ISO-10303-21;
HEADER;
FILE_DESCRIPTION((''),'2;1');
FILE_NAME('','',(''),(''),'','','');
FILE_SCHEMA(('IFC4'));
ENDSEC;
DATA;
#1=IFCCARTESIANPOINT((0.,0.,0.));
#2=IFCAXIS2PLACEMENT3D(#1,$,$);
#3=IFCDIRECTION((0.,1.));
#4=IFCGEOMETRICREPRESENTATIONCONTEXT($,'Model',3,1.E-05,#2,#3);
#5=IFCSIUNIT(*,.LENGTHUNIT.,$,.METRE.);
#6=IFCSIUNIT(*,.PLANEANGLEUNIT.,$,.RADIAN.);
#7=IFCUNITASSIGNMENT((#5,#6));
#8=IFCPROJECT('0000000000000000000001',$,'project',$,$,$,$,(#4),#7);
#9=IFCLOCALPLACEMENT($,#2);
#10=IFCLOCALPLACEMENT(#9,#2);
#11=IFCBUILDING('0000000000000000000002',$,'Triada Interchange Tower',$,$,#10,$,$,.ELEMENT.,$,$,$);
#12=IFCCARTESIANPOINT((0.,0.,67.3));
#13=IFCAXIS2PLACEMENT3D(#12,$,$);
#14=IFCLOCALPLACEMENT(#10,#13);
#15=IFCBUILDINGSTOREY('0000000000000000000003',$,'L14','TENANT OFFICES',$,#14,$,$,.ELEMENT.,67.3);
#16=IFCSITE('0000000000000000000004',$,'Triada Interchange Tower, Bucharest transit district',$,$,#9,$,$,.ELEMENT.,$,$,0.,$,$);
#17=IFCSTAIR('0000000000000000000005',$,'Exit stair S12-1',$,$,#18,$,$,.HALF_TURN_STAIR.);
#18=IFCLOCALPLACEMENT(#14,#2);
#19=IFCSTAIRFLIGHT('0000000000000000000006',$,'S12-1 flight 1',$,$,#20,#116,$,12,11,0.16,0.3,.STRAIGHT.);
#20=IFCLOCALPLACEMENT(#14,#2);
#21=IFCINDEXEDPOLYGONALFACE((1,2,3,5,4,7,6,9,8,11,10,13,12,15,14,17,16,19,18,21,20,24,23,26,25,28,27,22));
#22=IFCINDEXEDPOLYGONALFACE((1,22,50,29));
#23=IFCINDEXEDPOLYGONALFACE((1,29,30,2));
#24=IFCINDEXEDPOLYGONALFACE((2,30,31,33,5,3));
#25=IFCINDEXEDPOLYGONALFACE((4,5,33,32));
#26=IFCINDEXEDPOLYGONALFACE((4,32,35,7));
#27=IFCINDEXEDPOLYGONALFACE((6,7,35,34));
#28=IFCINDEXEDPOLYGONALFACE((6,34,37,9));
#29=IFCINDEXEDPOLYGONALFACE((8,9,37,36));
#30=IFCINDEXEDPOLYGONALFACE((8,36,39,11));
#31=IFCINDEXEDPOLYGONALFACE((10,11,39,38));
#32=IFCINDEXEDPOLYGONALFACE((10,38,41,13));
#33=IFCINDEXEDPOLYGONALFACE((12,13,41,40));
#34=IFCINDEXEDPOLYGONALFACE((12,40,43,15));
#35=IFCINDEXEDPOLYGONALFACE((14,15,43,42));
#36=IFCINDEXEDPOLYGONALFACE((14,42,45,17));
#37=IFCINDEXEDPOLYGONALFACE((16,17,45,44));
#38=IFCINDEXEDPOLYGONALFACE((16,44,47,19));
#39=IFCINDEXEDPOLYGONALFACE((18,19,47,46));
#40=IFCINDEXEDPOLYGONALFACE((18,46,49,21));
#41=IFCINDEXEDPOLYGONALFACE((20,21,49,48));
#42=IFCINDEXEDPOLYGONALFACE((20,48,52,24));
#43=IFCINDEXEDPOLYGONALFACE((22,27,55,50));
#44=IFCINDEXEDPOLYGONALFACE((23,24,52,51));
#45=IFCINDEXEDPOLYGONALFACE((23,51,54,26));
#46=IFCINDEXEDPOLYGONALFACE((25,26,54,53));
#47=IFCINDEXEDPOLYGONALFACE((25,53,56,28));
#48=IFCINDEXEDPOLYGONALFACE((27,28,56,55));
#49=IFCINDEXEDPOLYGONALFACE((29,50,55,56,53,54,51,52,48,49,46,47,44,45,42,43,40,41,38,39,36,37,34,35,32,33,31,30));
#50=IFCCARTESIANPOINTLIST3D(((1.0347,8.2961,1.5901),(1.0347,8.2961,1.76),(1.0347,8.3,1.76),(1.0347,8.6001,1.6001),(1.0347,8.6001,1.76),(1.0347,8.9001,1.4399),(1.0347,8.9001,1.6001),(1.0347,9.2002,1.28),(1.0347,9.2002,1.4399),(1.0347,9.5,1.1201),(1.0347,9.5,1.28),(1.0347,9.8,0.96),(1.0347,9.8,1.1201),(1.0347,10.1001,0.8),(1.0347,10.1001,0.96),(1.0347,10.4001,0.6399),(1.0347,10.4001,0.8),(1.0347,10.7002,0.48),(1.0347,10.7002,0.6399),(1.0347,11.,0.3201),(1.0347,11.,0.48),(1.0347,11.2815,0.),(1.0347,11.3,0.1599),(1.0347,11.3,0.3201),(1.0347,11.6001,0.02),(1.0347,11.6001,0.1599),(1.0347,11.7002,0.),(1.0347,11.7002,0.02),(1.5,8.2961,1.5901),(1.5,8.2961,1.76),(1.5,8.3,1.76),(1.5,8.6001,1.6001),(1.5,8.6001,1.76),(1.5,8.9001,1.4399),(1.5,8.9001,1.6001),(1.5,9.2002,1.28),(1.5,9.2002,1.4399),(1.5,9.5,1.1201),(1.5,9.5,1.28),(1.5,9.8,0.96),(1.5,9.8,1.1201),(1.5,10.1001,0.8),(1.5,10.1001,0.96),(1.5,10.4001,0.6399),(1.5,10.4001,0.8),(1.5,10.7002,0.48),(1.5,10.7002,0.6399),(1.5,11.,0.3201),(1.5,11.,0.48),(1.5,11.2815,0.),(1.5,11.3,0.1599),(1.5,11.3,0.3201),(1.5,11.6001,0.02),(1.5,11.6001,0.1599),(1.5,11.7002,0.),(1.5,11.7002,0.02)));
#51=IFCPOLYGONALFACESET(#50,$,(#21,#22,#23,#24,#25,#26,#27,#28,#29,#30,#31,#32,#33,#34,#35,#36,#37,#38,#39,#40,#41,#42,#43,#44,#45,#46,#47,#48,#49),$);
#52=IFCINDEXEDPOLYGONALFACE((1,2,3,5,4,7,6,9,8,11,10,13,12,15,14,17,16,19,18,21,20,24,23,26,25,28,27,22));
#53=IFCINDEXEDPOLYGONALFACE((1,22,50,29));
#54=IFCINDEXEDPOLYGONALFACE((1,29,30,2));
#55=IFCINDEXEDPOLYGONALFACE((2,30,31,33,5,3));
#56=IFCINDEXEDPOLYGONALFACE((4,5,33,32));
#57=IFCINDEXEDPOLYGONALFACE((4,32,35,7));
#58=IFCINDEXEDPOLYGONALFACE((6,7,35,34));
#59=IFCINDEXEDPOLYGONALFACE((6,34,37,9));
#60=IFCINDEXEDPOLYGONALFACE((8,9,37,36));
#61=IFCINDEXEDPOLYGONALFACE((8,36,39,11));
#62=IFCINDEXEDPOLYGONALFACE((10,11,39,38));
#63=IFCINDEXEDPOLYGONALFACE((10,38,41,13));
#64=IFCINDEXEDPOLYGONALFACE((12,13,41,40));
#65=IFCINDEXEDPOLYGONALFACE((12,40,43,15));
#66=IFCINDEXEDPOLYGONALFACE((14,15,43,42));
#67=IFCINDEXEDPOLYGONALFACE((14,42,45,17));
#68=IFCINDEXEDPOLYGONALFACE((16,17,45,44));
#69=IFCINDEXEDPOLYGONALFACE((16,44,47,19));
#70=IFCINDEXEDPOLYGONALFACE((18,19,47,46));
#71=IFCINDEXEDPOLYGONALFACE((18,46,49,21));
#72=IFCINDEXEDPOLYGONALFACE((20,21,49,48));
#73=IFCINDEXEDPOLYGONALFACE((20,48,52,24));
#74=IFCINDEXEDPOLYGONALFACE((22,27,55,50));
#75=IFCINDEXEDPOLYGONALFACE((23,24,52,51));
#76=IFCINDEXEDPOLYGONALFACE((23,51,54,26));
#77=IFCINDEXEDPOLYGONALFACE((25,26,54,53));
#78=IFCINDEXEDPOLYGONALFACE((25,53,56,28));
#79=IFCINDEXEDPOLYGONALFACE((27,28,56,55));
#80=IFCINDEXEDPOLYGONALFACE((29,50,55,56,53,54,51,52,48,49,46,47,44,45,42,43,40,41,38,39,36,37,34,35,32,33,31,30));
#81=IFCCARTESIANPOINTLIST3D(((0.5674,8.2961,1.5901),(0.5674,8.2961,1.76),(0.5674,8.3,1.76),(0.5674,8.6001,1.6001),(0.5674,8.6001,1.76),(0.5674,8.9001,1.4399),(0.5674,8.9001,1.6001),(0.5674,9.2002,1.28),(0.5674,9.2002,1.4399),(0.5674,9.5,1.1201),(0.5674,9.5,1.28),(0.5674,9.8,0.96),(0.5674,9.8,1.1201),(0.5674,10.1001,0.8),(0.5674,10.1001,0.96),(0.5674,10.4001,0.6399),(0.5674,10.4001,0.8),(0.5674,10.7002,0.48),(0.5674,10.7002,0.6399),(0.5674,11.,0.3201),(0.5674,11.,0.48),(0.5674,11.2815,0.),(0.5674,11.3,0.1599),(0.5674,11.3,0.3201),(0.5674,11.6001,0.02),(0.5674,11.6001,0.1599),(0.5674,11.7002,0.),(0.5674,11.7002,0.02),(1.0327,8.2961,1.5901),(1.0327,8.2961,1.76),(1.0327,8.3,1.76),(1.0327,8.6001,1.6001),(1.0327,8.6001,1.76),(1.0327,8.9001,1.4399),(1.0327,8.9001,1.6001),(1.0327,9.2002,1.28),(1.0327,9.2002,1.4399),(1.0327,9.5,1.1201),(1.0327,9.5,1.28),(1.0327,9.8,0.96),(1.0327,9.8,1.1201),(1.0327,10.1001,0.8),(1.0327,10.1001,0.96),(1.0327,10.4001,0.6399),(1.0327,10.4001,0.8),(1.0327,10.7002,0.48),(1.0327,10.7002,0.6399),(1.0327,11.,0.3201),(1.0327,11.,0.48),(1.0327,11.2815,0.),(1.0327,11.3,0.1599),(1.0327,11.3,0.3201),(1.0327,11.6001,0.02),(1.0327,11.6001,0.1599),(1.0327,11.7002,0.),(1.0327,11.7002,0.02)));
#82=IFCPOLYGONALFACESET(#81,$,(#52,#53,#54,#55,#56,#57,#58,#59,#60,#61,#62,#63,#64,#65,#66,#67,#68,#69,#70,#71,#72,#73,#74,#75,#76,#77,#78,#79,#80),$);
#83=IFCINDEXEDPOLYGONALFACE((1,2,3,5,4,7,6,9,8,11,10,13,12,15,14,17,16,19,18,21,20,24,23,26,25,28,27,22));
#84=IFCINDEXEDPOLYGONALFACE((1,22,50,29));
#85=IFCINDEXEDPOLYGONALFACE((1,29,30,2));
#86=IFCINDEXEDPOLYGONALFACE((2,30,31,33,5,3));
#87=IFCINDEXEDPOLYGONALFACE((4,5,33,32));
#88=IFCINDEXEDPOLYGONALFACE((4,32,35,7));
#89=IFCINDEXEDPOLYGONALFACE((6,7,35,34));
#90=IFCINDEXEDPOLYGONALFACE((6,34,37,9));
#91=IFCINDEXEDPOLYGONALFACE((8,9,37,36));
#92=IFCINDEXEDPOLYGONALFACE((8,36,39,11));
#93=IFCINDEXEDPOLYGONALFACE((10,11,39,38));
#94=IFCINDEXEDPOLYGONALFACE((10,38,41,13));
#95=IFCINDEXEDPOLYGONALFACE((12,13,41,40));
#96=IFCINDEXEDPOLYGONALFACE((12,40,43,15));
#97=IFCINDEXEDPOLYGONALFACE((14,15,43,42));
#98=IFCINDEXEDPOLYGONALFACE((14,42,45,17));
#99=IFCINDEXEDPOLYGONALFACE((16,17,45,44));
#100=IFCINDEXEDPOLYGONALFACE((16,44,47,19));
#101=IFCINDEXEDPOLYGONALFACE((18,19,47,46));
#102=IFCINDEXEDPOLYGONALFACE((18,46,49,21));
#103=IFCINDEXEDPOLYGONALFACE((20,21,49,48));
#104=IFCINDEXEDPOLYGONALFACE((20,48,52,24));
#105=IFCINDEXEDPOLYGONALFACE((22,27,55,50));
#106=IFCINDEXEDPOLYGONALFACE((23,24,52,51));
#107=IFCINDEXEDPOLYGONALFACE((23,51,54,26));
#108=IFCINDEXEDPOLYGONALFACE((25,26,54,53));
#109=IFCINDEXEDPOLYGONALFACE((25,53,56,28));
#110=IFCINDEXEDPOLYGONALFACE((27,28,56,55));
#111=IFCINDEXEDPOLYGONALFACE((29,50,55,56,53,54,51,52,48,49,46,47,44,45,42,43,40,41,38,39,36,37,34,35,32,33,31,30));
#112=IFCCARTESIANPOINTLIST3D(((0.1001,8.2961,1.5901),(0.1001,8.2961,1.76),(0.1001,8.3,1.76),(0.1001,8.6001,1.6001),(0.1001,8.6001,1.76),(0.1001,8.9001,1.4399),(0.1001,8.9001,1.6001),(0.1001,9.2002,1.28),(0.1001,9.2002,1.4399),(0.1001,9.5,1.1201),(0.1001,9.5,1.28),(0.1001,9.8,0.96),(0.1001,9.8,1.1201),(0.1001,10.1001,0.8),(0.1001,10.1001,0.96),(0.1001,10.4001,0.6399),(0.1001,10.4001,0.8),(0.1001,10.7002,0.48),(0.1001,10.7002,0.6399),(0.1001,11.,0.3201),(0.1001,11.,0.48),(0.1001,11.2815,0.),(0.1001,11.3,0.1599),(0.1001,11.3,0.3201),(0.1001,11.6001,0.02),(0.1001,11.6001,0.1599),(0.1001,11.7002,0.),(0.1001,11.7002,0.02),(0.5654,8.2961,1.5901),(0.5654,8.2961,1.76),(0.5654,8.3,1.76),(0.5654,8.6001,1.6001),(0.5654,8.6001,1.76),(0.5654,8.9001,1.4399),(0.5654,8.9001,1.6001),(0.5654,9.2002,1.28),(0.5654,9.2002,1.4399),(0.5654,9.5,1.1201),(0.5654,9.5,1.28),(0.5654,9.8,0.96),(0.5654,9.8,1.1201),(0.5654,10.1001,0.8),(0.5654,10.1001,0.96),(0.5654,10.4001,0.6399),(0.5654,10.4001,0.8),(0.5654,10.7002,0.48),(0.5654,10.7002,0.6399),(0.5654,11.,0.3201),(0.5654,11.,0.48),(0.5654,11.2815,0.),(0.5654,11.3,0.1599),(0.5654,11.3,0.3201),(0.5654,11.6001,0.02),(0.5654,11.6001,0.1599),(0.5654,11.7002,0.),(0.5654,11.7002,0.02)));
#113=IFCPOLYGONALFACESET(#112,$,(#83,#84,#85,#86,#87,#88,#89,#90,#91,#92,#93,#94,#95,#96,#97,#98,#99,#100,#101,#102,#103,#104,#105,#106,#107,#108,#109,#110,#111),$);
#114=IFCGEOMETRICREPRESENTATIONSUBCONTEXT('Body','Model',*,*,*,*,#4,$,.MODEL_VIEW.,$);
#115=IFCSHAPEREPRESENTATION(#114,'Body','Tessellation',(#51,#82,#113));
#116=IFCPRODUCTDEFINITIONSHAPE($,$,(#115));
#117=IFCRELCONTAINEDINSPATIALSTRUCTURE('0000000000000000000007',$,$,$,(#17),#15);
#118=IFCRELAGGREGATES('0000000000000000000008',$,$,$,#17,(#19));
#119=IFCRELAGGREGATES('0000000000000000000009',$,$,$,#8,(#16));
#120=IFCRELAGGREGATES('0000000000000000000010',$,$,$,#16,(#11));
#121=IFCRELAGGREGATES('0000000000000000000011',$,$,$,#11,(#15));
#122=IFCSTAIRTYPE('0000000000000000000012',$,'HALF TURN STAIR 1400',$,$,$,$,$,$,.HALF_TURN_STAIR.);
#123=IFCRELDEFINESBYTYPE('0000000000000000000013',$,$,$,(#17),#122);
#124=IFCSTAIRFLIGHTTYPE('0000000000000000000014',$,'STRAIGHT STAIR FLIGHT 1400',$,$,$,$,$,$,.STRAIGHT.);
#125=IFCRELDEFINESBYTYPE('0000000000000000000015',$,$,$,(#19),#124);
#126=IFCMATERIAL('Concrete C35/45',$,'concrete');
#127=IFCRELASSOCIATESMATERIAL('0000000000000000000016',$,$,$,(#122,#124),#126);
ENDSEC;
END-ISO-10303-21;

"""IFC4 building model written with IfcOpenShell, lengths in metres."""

from ifc_helpers import new_model, si_unit, direction, frame, origin, place, context, subcontext, project, spatial, polyline, outline, extrude, material, type_object, element, aggregate, save


model = new_model("IFC4")

# Units and contexts
model_context = context("Model", 3, precision=1e-05, world=origin(), true_north=direction((0.0, 1.0)))
body_context = subcontext(model_context, "Body", "Model", "MODEL_VIEW")
ifc_project = project(units=[si_unit("LENGTHUNIT", "METRE"), si_unit("PLANEANGLEUNIT", "RADIAN")], contexts=[model_context])

# Site, building, storey
site_placement = place(None, origin())
site = spatial("IfcSite", under=ifc_project, at=site_placement, Name="Triada Interchange Tower, Bucharest transit district", CompositionType="ELEMENT", RefElevation=0.0)
building_placement = place(site_placement, origin())
building = spatial("IfcBuilding", under=site, at=building_placement, Name="Triada Interchange Tower", CompositionType="ELEMENT")
storey_placement = place(building_placement, frame((0.0, 0.0, 67.3)))
storey = spatial("IfcBuildingStorey", under=building, at=storey_placement, Name="L14", Description="TENANT OFFICES", CompositionType="ELEMENT", Elevation=67.3)

# Stair
ifc_material_1 = material(Name="Concrete C35/45", Category="concrete")
stair_type = type_object("IfcStairType", Name="HALF TURN STAIR 1400", PredefinedType="HALF_TURN_STAIR", material=ifc_material_1)
stair_1_placement = place(storey_placement, origin())
stair_1 = element("IfcStair", 1, at=stair_1_placement, inside=storey, type_object=stair_type, Name="Exit stair S12-1", PredefinedType="HALF_TURN_STAIR")

# Stair flight
stair_flight_type = type_object("IfcStairFlightType", Name="STRAIGHT STAIR FLIGHT 1400", PredefinedType="STRAIGHT", material=ifc_material_1)
stair_flight_placement = place(storey_placement, frame((0.8, 11.6001, 0.0), z_axis=(0.0, 0.0, 1.0), x_axis=(0.0, -1.0, 0.0)))
stair_flight = element("IfcStairFlight", 2, at=stair_flight_placement, type_object=stair_flight_type, Name="S12-1 flight 1", NumberOfRisers=12, NumberOfTreads=11, PredefinedType="STRAIGHT", RiserHeight=0.16, TreadLength=0.3, context=body_context, shape_type="SweptSolid", body=[
    extrude(outline(polyline([(-0.1001, 0.0), (-0.1001, 0.02), (0.0, 0.02), (0.0, 0.1599), (0.3, 0.1599), (0.3, 0.3201), (0.6001, 0.3201), (0.6001, 0.48), (0.8999, 0.48), (0.8999, 0.6399), (1.2, 0.6399), (1.2, 0.8), (1.5, 0.8), (1.5, 0.96), (1.8, 0.96), (1.8, 1.1201), (2.1001, 1.1201), (2.1001, 1.28), (2.3999, 1.28), (2.3999, 1.4399), (2.7, 1.4399), (2.7, 1.6001), (3.0, 1.6001), (3.0, 1.76), (3.3, 1.76), (3.304, 1.76), (3.304, 1.9199), (3.304, 1.5901), (0.3186, 0.0), (-0.1001, 0.0)])), frame((0.0, 0.7, 0.0), z_axis=(0.0, -1.0, 0.0), x_axis=(1.0, 0.0, 0.0)), (0.0, 0.0, 1.0), 0.4653),
    extrude(outline(polyline([(-0.1001, 0.0), (-0.1001, 0.02), (0.0, 0.02), (0.0, 0.1599), (0.3, 0.1599), (0.3, 0.3201), (0.6001, 0.3201), (0.6001, 0.48), (0.8999, 0.48), (0.8999, 0.6399), (1.2, 0.6399), (1.2, 0.8), (1.5, 0.8), (1.5, 0.96), (1.8, 0.96), (1.8, 1.1201), (2.1001, 1.1201), (2.1001, 1.28), (2.3999, 1.28), (2.3999, 1.4399), (2.7, 1.4399), (2.7, 1.6001), (3.0, 1.6001), (3.0, 1.76), (3.3, 1.76), (3.304, 1.76), (3.304, 1.9199), (3.304, 1.5901), (0.3186, 0.0), (-0.1001, 0.0)])), frame((0.0, 0.2327, 0.0), z_axis=(0.0, -1.0, 0.0), x_axis=(1.0, 0.0, 0.0)), (0.0, 0.0, 1.0), 0.4653),
    extrude(outline(polyline([(-0.1001, 0.0), (-0.1001, 0.02), (0.0, 0.02), (0.0, 0.1599), (0.3, 0.1599), (0.3, 0.3201), (0.6001, 0.3201), (0.6001, 0.48), (0.8999, 0.48), (0.8999, 0.6399), (1.2, 0.6399), (1.2, 0.8), (1.5, 0.8), (1.5, 0.96), (1.8, 0.96), (1.8, 1.1201), (2.1001, 1.1201), (2.1001, 1.28), (2.3999, 1.28), (2.3999, 1.4399), (2.7, 1.4399), (2.7, 1.6001), (3.0, 1.6001), (3.0, 1.76), (3.3, 1.76), (3.304, 1.76), (3.304, 1.9199), (3.304, 1.5901), (0.3186, 0.0), (-0.1001, 0.0)])), frame((0.0, -0.2346, 0.0), z_axis=(0.0, -1.0, 0.0), x_axis=(1.0, 0.0, 0.0)), (0.0, 0.0, 1.0), 0.4653),
])

aggregate(stair_1, [stair_flight])

save(model, "model.ifc")
